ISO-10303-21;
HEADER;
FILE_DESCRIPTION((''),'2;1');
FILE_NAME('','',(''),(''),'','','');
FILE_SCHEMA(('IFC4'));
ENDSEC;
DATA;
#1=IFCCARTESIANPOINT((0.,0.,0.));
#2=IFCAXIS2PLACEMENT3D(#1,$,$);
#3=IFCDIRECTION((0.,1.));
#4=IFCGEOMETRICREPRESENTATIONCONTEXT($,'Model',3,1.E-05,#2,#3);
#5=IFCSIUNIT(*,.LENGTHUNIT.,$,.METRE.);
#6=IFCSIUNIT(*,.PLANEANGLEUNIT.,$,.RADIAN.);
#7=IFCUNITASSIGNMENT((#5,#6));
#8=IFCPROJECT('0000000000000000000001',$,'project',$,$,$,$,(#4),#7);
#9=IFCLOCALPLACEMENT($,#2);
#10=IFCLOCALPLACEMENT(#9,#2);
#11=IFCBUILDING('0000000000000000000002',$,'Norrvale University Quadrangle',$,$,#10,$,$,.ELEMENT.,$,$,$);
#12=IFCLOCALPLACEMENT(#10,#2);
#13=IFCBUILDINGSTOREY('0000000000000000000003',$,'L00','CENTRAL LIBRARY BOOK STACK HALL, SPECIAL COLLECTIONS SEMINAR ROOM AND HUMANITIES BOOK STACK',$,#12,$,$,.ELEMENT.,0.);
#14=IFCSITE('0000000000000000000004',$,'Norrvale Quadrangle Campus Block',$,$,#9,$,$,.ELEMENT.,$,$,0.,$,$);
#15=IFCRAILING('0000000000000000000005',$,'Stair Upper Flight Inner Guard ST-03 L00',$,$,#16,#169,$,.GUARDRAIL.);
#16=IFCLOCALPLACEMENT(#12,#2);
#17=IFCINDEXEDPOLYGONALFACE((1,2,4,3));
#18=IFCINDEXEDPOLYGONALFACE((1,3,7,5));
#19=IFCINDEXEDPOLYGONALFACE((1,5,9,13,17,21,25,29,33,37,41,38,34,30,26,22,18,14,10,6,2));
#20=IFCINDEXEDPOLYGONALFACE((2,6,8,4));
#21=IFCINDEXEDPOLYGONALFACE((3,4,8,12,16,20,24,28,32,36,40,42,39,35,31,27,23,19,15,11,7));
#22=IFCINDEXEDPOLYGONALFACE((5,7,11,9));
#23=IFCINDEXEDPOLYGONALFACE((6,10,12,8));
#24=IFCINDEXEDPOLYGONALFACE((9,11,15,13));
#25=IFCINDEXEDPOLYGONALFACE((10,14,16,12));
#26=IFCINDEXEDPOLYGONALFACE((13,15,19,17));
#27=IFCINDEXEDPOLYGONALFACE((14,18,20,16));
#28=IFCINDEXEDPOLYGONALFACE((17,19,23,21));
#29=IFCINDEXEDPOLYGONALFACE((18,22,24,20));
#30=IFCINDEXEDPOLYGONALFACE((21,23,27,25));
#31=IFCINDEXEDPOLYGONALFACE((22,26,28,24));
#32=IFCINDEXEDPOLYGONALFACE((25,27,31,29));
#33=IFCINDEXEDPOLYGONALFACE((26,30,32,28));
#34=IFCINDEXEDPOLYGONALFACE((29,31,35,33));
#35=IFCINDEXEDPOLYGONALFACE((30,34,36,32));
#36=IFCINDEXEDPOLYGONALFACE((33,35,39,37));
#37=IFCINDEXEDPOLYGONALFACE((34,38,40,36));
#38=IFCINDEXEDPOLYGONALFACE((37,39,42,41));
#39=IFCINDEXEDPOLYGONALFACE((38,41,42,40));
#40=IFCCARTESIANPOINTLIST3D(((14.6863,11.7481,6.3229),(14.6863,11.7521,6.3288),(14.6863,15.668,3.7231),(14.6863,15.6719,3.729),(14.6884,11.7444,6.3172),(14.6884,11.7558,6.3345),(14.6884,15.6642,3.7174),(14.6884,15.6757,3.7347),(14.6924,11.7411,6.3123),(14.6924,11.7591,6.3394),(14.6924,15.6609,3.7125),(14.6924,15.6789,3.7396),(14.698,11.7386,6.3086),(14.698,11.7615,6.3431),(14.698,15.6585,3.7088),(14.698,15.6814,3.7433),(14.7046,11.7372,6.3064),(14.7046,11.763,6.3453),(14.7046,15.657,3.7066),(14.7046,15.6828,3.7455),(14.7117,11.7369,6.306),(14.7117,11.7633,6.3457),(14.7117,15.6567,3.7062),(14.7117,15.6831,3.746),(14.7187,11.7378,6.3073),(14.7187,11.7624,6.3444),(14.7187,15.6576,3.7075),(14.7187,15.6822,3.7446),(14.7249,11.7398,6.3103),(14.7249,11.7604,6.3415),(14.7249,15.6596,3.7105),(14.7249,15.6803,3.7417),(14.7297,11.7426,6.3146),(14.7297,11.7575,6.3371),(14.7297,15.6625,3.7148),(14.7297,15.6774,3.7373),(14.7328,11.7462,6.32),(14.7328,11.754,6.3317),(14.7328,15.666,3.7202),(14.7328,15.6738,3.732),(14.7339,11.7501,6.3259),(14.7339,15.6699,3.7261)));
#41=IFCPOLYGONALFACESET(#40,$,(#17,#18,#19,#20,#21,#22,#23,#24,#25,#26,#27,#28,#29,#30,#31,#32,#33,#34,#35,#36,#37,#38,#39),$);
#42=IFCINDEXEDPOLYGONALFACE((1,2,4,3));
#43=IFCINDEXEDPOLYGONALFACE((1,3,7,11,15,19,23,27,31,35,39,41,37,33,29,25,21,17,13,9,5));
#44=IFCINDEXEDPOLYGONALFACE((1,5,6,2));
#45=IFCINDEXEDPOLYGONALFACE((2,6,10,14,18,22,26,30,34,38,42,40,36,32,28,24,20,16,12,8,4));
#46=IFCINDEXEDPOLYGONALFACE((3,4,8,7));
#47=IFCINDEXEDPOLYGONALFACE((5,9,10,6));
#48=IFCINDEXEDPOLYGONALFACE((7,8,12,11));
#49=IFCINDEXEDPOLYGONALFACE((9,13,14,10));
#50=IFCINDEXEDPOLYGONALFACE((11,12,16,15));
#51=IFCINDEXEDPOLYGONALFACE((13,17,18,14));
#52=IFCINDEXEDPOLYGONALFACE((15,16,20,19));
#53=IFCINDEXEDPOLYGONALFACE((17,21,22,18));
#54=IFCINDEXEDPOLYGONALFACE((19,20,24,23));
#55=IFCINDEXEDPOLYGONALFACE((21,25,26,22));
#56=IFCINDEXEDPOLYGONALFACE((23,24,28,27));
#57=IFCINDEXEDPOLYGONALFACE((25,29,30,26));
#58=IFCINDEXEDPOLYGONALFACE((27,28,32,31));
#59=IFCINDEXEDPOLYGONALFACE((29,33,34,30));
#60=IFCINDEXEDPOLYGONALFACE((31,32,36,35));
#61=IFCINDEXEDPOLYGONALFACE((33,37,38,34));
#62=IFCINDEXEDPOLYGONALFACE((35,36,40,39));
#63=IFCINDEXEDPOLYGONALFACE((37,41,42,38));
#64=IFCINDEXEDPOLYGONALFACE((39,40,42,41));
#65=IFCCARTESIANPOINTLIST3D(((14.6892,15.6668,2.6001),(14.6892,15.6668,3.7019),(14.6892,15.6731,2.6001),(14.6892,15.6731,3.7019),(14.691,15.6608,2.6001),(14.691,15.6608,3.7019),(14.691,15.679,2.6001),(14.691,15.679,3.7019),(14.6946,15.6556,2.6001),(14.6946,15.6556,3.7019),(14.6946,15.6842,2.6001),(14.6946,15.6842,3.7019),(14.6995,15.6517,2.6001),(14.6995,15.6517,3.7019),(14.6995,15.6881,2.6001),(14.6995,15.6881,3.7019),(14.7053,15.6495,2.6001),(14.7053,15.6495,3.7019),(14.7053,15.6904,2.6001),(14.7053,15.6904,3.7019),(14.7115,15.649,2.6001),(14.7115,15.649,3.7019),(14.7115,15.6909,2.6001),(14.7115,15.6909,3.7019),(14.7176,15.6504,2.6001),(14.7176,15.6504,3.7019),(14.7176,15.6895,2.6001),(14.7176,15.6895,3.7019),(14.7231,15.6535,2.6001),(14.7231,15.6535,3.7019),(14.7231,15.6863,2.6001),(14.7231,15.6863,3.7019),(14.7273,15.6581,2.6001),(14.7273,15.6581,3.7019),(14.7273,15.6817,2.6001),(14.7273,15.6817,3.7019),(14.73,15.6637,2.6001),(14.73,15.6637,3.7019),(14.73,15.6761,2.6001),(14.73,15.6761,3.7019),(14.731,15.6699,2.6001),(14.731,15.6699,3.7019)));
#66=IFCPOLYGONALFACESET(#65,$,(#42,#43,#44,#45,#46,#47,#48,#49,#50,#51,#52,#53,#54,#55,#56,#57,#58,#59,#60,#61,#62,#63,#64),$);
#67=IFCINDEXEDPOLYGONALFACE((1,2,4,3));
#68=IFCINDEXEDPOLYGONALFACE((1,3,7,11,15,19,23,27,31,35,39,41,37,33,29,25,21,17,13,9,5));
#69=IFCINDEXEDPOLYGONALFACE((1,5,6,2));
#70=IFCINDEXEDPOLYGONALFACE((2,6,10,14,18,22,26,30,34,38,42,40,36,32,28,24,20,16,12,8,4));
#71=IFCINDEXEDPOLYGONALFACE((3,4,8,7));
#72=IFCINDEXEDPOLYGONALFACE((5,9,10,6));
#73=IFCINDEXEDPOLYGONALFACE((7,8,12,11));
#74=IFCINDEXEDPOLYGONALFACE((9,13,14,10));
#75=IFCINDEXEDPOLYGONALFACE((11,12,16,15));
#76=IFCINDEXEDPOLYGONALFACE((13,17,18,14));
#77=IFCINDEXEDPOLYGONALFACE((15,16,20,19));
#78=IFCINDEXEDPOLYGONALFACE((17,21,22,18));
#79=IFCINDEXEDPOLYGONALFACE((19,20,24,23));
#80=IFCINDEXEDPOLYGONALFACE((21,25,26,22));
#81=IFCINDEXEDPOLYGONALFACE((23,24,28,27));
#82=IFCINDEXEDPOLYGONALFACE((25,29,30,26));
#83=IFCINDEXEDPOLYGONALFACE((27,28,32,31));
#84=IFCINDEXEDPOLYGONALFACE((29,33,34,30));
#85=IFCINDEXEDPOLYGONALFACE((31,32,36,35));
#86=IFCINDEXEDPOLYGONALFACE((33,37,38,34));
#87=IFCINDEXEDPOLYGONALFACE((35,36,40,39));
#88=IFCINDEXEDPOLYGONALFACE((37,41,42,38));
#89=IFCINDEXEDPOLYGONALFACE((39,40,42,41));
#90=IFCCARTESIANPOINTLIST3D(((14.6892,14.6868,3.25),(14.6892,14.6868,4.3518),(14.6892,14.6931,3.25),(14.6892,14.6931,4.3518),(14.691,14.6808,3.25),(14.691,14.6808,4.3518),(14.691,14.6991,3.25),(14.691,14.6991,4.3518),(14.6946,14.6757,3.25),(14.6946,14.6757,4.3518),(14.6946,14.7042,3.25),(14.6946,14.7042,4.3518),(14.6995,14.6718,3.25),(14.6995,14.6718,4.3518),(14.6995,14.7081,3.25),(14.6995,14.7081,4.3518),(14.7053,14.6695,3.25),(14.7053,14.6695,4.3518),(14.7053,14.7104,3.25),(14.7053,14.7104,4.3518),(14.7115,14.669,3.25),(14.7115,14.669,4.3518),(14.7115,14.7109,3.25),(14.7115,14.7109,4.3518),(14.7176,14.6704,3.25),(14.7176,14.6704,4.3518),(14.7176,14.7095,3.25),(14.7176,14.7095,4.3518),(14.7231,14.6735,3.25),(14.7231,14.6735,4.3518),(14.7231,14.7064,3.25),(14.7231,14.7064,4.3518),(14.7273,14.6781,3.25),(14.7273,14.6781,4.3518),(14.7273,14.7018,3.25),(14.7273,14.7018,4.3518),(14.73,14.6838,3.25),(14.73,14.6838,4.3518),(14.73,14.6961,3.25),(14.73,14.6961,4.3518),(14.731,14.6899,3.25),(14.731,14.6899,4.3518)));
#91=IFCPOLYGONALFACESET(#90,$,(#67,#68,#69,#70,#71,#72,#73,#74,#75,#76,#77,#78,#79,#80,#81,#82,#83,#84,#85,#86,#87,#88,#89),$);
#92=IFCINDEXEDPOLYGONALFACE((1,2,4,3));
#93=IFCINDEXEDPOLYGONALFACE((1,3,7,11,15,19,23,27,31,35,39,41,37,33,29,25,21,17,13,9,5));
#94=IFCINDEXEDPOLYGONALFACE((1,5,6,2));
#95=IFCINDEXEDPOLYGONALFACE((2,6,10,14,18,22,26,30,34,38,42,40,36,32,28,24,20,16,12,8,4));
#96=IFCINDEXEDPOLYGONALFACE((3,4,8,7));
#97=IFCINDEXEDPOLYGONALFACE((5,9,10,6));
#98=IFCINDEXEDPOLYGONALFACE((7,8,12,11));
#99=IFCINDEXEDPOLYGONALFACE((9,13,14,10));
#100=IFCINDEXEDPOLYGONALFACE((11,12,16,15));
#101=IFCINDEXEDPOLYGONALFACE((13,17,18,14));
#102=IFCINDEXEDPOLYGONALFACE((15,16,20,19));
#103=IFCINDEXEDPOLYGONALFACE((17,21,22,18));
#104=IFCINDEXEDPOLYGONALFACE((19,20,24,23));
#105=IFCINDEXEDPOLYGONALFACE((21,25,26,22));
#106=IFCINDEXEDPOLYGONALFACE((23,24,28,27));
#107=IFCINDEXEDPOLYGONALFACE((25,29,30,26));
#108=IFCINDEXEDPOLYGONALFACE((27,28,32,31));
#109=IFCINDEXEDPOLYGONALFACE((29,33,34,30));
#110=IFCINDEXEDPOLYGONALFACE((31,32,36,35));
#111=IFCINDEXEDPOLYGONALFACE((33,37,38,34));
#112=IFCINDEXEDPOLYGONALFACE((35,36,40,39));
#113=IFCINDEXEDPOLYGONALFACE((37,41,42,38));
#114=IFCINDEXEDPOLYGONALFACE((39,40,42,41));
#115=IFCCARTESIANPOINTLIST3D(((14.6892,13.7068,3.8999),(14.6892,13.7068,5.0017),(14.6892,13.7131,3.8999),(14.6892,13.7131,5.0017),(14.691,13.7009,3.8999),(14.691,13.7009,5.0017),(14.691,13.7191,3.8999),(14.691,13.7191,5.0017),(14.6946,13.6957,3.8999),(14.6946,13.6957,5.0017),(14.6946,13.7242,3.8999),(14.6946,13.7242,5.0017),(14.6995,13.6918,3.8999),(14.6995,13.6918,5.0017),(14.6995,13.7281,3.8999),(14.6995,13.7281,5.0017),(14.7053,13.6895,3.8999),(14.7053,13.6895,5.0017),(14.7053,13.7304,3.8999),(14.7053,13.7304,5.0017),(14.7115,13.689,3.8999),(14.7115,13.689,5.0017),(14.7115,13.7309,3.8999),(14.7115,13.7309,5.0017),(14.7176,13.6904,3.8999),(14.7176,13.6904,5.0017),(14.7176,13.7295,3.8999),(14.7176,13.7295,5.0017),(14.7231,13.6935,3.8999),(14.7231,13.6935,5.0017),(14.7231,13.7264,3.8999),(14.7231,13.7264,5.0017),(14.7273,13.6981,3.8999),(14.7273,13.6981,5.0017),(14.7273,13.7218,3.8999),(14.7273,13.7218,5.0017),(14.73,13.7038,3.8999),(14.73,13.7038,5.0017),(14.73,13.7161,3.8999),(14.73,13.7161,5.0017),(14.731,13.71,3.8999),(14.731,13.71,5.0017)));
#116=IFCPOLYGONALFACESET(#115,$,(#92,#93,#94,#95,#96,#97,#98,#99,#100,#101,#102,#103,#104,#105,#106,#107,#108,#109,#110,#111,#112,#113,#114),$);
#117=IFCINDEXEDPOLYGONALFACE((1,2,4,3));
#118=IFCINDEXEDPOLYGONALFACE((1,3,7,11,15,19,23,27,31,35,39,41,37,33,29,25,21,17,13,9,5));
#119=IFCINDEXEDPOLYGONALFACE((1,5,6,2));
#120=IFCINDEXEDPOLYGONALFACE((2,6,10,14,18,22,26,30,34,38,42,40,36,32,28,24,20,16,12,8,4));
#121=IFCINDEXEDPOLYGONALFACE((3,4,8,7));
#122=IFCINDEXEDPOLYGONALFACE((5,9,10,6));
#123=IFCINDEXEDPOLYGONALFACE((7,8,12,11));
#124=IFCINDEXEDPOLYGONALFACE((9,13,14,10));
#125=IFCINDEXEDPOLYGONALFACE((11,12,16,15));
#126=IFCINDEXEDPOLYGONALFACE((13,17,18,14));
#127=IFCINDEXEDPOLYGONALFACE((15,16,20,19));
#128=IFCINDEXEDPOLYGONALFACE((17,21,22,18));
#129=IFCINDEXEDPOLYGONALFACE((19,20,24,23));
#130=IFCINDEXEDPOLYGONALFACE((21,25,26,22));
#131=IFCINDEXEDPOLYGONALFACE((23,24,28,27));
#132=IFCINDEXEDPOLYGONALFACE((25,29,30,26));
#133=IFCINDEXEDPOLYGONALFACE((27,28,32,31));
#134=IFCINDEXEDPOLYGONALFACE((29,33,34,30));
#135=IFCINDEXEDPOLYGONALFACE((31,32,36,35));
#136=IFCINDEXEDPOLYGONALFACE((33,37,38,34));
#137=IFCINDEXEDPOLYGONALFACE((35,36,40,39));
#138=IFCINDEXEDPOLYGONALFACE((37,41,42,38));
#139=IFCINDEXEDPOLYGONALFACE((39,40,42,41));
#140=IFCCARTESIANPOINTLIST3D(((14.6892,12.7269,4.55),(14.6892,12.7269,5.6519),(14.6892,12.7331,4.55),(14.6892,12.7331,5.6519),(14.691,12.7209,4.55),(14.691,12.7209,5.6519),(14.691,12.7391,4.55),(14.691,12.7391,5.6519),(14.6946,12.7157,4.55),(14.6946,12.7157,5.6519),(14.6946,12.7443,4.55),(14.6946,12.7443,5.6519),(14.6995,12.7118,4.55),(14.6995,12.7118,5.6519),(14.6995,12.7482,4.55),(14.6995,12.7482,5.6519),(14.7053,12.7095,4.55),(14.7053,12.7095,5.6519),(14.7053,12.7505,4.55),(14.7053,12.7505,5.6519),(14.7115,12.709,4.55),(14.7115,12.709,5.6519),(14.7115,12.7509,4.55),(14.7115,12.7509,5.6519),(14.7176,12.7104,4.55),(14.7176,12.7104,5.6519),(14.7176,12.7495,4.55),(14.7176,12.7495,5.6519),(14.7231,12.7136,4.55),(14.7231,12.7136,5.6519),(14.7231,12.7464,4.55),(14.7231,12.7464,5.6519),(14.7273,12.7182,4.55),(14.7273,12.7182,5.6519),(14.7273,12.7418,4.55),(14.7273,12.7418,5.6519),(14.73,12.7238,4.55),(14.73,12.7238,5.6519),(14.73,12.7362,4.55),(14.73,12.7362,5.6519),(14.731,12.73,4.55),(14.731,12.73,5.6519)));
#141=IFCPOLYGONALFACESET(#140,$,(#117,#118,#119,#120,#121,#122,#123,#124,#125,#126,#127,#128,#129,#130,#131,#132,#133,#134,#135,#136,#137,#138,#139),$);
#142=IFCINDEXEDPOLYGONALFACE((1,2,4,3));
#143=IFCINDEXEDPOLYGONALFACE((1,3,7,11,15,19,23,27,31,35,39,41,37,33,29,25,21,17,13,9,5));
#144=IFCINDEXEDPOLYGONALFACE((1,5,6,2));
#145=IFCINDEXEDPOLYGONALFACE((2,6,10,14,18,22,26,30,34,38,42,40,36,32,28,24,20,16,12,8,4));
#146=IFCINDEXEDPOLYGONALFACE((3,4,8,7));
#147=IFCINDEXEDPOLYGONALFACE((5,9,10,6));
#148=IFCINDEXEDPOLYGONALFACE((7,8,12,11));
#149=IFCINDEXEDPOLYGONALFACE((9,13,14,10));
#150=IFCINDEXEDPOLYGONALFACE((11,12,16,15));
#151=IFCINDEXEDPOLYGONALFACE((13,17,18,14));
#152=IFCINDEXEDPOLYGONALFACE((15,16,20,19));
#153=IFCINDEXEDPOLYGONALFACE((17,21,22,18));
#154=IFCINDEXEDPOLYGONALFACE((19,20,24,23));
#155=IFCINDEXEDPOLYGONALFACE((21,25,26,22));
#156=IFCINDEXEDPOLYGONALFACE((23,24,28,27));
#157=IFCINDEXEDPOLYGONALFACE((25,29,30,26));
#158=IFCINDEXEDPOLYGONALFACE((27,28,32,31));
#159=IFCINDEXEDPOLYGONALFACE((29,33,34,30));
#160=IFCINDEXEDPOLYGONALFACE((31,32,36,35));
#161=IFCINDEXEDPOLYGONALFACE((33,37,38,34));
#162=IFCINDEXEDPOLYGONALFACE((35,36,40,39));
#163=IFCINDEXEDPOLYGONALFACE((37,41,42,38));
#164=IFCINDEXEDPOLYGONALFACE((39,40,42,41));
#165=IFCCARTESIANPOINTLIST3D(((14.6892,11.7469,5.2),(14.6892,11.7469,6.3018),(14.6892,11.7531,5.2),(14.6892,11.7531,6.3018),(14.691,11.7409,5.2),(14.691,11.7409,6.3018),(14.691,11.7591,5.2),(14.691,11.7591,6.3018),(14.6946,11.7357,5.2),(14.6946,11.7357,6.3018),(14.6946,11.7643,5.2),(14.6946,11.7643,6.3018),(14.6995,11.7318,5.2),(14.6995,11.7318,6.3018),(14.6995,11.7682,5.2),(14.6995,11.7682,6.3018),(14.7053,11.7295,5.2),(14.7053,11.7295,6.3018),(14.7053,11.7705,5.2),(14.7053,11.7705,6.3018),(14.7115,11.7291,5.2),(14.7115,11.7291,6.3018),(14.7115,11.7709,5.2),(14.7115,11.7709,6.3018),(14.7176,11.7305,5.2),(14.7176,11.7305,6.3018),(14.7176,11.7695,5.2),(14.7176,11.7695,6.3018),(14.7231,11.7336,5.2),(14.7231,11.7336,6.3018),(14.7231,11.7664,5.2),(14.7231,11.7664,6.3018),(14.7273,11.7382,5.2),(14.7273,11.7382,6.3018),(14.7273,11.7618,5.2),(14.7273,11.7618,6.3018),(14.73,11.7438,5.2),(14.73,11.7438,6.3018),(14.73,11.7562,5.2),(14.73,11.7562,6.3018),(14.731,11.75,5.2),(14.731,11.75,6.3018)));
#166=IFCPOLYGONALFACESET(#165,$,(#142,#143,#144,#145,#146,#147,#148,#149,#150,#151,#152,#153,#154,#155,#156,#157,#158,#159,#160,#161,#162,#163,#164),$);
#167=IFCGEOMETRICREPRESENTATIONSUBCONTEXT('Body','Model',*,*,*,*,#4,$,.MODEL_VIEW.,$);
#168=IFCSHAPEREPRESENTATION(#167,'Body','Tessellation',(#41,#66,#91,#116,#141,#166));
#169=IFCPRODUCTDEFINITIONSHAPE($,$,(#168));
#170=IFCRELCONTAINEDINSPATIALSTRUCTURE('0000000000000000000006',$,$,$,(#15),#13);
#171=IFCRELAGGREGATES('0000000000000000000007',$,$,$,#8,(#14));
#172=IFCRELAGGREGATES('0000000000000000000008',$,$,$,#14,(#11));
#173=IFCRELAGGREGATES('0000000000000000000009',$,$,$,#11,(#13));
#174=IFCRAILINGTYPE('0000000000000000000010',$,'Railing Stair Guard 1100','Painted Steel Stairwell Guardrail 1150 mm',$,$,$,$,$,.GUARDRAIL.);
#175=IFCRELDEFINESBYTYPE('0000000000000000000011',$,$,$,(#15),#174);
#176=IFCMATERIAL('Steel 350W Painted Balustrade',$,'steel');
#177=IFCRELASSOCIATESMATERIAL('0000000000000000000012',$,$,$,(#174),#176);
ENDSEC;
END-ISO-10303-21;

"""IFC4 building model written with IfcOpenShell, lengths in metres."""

from ifc_helpers import new_model, si_unit, direction, frame, origin, origin_2d, place, context, subcontext, project, spatial, circle, extrude, material, type_object, element, save


model = new_model("IFC4")

# Units and contexts
model_context = context("Model", 3, precision=1e-05, world=origin(), true_north=direction((0.0, 1.0)))
body_context = subcontext(model_context, "Body", "Model", "MODEL_VIEW")
ifc_project = project(units=[si_unit("LENGTHUNIT", "METRE"), si_unit("PLANEANGLEUNIT", "RADIAN")], contexts=[model_context])

# Site, building, storey
site_placement = place(None, origin())
site = spatial("IfcSite", under=ifc_project, at=site_placement, Name="Norrvale Quadrangle Campus Block", CompositionType="ELEMENT", RefElevation=0.0)
building_placement = place(site_placement, origin())
building = spatial("IfcBuilding", under=site, at=building_placement, Name="Norrvale University Quadrangle", CompositionType="ELEMENT")
storey_placement = place(building_placement, origin())
storey = spatial("IfcBuildingStorey", under=building, at=storey_placement, Name="L00", Description="CENTRAL LIBRARY BOOK STACK HALL, SPECIAL COLLECTIONS SEMINAR ROOM AND HUMANITIES BOOK STACK", CompositionType="ELEMENT", Elevation=0.0)

# Railing
ifc_material_1 = material(Name="Steel 350W Painted Balustrade", Category="steel")
railing_type_1 = type_object("IfcRailingType", Name="Railing Stair Guard 1100", Description="Painted Steel Stairwell Guardrail 1150 mm", PredefinedType="GUARDRAIL", material=ifc_material_1)
railing_1_placement = place(storey_placement, frame((14.71, 15.6699, 2.6001)))
element("IfcRailing", 1, at=railing_1_placement, inside=storey, type_object=railing_type_1, Name="Stair Upper Flight Inner Guard ST-03 L00", PredefinedType="GUARDRAIL", context=body_context, shape_type="SweptSolid", body=[
    extrude(circle(Radius=0.0239, at=origin_2d()), frame((0.0, 0.0, 1.126), z_axis=(0.0, -0.833366, 0.552722), x_axis=(1.0, 0.0, 0.0)), (0.0, 0.0, 1.0), 4.7036),
    extrude(circle(Radius=0.021, at=origin_2d()), origin(), (0.0, 0.0, 1.0), 1.1018),
    extrude(circle(Radius=0.021, at=origin_2d()), frame((0.0, -0.98, 0.6499)), (0.0, 0.0, 1.0), 1.1018),
    extrude(circle(Radius=0.021, at=origin_2d()), frame((0.0, -1.96, 1.2998)), (0.0, 0.0, 1.0), 1.1018),
    extrude(circle(Radius=0.021, at=origin_2d()), frame((0.0, -2.9399, 1.95)), (0.0, 0.0, 1.0), 1.1018),
    extrude(circle(Radius=0.021, at=origin_2d()), frame((0.0, -3.9199, 2.5999)), (0.0, 0.0, 1.0), 1.1018),
])

save(model, "model.ifc")
